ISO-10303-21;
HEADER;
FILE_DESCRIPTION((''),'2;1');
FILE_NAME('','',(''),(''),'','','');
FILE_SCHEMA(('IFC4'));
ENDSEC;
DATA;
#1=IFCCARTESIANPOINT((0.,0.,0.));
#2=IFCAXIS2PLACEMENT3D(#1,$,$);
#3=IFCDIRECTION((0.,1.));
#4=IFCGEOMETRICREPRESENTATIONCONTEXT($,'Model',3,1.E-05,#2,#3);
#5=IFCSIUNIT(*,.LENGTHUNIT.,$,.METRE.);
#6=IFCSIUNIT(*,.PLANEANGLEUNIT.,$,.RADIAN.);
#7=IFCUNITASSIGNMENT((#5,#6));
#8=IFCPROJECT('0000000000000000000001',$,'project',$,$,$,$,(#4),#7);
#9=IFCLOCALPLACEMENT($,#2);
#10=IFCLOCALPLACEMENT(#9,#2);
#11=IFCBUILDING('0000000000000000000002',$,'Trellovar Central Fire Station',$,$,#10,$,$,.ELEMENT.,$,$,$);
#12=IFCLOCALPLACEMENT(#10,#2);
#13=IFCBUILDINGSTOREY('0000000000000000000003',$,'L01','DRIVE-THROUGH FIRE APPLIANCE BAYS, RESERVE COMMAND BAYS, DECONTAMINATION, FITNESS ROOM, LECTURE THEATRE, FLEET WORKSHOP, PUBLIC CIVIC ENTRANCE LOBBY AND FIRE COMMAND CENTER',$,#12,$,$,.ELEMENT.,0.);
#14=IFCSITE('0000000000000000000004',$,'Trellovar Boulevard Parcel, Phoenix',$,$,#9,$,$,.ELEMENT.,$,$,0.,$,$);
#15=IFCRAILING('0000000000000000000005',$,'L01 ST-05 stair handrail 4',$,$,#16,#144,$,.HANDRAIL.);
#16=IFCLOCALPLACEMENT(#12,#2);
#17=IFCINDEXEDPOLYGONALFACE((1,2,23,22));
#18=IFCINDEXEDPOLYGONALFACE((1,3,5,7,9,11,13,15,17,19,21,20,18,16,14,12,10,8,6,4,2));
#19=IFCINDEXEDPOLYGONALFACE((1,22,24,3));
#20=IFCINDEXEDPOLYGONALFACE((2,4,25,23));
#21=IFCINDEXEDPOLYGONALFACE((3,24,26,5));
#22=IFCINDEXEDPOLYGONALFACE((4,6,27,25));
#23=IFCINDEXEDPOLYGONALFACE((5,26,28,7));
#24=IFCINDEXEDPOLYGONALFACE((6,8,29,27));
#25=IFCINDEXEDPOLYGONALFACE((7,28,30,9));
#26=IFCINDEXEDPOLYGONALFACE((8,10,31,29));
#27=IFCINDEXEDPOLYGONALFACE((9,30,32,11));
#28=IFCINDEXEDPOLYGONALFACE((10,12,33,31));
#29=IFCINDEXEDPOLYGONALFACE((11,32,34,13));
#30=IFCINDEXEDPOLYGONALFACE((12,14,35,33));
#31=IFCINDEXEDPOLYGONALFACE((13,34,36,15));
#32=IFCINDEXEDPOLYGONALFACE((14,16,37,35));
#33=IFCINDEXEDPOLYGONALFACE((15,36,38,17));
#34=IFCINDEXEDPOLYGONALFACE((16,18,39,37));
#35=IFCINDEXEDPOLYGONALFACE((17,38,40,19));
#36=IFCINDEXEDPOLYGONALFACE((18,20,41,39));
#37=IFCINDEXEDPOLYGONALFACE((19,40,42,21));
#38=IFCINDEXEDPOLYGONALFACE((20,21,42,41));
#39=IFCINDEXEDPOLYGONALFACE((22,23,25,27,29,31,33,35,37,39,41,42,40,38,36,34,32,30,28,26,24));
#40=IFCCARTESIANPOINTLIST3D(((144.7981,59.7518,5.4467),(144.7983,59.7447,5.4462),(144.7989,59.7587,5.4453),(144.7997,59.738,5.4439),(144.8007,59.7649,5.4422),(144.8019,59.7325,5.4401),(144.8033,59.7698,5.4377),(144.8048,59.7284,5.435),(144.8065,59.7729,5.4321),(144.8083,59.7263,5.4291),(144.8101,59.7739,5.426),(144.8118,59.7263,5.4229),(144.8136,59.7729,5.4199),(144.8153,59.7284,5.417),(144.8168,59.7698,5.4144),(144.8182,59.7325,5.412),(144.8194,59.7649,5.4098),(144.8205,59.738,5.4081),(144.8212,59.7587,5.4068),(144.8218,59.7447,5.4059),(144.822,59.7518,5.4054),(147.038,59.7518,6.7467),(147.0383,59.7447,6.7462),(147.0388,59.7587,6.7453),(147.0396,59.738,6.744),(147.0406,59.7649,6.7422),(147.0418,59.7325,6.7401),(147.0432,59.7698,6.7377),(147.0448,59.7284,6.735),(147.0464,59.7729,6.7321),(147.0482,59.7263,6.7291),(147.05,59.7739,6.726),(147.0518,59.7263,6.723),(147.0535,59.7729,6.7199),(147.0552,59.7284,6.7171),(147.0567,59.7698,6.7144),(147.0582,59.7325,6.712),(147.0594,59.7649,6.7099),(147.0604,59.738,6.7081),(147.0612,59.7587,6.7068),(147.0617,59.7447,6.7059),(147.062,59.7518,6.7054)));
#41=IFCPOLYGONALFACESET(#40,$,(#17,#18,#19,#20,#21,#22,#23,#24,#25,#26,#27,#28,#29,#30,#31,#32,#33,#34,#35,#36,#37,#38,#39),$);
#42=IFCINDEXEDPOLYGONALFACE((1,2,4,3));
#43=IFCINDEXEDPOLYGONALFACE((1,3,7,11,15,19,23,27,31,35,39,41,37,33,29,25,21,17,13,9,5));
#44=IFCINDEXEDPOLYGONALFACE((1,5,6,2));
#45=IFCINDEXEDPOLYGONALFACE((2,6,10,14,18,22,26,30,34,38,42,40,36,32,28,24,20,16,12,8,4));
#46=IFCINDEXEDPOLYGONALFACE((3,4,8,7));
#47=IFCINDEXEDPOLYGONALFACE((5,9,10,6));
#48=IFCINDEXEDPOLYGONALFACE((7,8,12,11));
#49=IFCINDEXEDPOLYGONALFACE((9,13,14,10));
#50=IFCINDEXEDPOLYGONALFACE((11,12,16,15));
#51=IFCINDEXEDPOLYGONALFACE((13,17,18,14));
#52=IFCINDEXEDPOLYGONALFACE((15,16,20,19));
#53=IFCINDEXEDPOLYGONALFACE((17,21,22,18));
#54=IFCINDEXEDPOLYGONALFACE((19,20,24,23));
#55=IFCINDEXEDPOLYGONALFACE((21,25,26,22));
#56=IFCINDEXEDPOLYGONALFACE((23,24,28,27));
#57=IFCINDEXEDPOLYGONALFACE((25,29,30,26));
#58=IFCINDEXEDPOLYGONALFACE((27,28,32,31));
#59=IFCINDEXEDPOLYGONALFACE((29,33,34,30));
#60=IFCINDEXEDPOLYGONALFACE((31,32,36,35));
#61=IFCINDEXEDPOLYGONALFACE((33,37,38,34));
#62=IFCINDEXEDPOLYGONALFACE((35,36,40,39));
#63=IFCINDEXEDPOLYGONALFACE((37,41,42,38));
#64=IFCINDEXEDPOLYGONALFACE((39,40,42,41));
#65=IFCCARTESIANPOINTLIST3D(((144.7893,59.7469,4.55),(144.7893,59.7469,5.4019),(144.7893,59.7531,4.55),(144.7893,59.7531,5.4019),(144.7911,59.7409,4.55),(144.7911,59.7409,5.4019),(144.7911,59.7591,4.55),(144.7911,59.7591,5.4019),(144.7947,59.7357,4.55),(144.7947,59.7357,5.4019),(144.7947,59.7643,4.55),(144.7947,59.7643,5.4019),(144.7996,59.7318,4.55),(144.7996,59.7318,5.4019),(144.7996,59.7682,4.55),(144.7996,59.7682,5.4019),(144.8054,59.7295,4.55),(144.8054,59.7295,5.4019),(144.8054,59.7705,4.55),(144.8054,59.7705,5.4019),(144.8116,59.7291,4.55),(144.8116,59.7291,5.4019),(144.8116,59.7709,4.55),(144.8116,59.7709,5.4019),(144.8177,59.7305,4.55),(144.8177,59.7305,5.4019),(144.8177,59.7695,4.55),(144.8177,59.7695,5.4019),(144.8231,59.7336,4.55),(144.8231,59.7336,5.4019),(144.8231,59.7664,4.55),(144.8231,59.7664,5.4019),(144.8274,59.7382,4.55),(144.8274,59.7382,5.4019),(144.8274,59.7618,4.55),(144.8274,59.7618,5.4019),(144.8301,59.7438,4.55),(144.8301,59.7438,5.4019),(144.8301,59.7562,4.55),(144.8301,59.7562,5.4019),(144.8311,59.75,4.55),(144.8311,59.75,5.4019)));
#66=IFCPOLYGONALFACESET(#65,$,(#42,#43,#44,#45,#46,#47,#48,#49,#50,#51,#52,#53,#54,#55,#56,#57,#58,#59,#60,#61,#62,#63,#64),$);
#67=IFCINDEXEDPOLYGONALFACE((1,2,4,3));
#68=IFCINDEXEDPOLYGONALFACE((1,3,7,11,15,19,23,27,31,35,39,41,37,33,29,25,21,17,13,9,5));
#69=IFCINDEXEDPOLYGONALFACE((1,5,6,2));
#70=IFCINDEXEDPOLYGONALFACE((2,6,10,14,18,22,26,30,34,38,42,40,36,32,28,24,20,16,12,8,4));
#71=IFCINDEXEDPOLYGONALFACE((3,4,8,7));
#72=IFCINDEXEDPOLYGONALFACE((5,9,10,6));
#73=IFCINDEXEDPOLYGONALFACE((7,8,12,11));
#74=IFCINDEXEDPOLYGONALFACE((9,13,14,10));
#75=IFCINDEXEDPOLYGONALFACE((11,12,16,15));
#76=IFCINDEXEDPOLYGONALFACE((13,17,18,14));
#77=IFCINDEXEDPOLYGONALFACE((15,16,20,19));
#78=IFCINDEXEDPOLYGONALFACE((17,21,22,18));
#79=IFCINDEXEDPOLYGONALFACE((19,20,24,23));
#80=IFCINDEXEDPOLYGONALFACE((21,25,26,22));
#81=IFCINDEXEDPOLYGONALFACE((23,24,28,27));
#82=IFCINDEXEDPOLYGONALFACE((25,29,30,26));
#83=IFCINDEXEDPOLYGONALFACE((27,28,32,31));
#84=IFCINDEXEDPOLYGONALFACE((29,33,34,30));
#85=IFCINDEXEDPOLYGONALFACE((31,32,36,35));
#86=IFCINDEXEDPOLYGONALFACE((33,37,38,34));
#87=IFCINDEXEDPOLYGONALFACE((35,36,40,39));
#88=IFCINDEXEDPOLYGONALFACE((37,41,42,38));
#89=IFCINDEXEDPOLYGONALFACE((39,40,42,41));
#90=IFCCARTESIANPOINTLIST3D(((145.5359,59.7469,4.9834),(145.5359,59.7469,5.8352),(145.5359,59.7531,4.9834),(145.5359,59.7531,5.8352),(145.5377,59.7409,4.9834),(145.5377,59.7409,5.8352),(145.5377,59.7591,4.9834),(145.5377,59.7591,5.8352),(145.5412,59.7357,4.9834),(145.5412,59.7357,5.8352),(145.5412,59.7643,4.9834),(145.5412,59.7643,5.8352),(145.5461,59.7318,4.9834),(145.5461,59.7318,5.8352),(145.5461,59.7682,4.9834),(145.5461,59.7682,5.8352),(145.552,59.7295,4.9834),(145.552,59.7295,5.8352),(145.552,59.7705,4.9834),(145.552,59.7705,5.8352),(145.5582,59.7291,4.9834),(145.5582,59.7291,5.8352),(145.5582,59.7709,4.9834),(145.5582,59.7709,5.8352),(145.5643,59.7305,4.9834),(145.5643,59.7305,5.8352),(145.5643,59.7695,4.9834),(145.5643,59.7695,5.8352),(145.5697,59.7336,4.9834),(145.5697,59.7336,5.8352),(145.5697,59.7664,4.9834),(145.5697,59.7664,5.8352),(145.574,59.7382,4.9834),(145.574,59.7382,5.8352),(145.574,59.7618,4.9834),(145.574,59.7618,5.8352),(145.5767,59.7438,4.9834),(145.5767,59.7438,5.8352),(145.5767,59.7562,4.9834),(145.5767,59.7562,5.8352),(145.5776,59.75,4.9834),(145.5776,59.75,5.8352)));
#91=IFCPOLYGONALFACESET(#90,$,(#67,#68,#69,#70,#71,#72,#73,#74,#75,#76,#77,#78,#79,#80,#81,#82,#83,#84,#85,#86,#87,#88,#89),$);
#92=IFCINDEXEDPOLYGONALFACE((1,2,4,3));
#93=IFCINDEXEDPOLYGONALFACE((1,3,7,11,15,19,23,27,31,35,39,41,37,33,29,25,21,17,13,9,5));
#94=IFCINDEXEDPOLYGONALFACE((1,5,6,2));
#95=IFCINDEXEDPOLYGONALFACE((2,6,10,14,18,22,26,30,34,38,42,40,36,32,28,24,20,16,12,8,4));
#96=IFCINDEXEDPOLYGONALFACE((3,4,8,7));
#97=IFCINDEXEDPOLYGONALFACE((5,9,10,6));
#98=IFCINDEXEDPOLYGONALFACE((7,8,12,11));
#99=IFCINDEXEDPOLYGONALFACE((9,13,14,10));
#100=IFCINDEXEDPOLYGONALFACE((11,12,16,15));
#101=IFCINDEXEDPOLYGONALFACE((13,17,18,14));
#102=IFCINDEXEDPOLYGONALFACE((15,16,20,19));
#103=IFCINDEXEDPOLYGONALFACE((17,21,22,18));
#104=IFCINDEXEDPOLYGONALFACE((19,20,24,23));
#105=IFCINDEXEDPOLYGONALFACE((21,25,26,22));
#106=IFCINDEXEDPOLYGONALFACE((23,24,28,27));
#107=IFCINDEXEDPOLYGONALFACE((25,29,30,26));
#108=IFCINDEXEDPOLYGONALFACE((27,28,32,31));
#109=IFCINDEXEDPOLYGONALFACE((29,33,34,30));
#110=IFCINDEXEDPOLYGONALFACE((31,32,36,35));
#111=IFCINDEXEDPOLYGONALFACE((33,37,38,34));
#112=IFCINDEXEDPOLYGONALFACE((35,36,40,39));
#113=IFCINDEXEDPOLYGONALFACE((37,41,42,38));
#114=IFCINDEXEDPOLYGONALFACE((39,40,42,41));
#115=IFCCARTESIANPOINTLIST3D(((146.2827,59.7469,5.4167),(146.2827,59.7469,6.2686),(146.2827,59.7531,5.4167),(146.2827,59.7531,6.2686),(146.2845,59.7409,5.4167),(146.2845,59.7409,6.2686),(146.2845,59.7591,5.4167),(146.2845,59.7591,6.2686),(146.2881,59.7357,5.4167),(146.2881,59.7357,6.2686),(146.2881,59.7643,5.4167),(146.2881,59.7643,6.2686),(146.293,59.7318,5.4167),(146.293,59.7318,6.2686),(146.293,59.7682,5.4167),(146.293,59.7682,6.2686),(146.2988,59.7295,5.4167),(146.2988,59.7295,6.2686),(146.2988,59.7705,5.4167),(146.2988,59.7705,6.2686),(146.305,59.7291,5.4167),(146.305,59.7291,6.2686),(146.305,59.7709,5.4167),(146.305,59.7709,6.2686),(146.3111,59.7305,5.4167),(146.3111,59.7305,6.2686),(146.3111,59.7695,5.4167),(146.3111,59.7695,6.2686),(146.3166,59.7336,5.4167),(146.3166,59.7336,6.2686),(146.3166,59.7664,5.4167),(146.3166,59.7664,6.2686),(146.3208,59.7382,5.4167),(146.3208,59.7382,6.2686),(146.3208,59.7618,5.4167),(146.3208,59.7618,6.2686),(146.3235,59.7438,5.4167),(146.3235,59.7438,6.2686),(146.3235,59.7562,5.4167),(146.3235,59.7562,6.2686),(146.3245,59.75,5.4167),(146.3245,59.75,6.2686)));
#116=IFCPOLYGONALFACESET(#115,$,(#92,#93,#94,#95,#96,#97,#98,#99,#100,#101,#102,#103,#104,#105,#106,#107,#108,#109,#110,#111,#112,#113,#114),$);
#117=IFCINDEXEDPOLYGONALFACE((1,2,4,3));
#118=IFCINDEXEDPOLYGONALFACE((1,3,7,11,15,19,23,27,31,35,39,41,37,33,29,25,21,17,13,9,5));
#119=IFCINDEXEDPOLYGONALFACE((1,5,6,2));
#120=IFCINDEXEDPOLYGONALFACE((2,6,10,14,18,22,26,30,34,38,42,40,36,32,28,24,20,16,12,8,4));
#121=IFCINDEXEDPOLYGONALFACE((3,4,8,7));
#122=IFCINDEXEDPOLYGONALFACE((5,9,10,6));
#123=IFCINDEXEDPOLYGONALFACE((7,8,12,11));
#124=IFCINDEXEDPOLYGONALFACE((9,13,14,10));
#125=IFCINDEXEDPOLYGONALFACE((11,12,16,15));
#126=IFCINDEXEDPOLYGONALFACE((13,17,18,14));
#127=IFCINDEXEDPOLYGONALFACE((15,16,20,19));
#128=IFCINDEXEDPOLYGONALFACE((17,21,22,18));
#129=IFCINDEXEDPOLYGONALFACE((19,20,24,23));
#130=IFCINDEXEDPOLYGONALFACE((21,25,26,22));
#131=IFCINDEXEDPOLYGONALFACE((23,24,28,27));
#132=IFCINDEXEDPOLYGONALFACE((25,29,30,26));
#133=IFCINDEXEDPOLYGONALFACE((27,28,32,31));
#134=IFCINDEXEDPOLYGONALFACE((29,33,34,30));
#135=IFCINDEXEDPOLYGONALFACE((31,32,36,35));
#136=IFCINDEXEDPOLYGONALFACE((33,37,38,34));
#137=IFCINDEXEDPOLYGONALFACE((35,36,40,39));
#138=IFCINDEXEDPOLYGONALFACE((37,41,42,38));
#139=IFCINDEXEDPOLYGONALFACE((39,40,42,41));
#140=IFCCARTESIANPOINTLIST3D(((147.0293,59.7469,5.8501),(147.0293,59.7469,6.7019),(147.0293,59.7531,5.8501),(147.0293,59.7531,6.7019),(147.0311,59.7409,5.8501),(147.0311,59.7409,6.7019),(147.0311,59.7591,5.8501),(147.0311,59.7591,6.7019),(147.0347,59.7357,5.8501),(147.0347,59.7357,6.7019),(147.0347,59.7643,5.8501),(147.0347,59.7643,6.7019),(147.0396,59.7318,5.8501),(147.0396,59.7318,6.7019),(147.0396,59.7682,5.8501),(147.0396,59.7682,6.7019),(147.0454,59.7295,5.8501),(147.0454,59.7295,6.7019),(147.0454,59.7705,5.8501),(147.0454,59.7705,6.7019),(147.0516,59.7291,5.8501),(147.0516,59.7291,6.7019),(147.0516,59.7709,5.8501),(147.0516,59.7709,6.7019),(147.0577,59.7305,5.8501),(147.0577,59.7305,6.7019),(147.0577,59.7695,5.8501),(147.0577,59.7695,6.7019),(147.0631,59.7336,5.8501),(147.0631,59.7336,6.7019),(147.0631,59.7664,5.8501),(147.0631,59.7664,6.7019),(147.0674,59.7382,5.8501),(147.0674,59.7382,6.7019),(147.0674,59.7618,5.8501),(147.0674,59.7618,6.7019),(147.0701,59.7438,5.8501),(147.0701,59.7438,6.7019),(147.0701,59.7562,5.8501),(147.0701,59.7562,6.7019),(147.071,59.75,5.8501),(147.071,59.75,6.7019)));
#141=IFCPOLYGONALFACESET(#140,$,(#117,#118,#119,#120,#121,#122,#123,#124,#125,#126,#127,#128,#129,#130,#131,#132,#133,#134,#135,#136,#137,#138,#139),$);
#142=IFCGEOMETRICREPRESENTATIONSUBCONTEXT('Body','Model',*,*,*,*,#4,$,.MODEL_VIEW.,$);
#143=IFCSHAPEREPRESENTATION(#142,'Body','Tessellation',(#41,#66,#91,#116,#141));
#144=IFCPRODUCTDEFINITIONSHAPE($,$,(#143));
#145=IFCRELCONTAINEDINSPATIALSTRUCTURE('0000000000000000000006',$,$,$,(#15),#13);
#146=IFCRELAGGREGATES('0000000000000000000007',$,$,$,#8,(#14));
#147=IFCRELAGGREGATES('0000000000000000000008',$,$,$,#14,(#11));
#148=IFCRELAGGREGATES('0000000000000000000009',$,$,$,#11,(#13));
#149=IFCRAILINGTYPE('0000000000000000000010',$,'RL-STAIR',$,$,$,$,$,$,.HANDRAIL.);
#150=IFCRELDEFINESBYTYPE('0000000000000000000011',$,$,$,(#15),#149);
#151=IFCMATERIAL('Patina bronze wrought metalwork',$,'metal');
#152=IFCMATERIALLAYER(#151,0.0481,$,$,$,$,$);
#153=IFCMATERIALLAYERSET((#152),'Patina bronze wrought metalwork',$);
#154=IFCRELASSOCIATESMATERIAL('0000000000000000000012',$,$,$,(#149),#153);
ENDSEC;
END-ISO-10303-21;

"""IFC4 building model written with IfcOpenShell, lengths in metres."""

from ifc_helpers import new_model, si_unit, direction, frame, origin, origin_2d, place, context, subcontext, project, spatial, circle, extrude, material, layer, layer_set, type_object, element, save


model = new_model("IFC4")

# Units and contexts
model_context = context("Model", 3, precision=1e-05, world=origin(), true_north=direction((0.0, 1.0)))
body_context = subcontext(model_context, "Body", "Model", "MODEL_VIEW")
ifc_project = project(units=[si_unit("LENGTHUNIT", "METRE"), si_unit("PLANEANGLEUNIT", "RADIAN")], contexts=[model_context])

# Site, building, storey
site_placement = place(None, origin())
site = spatial("IfcSite", under=ifc_project, at=site_placement, Name="Trellovar Boulevard Parcel, Phoenix", CompositionType="ELEMENT", RefElevation=0.0)
building_placement = place(site_placement, origin())
building = spatial("IfcBuilding", under=site, at=building_placement, Name="Trellovar Central Fire Station", CompositionType="ELEMENT")
storey_placement = place(building_placement, origin())
storey = spatial("IfcBuildingStorey", under=building, at=storey_placement, Name="L01", Description="DRIVE-THROUGH FIRE APPLIANCE BAYS, RESERVE COMMAND BAYS, DECONTAMINATION, FITNESS ROOM, LECTURE THEATRE, FLEET WORKSHOP, PUBLIC CIVIC ENTRANCE LOBBY AND FIRE COMMAND CENTER", CompositionType="ELEMENT", Elevation=0.0)

# Railing
ifc_material_1 = material(Name="Patina bronze wrought metalwork", Category="metal")
ifc_layer_1 = layer(ifc_material_1, 0.0481)
ifc_layer_set_1 = layer_set([ifc_layer_1], Name="Patina bronze wrought metalwork")
railing_type_1 = type_object("IfcRailingType", Name="RL-STAIR", PredefinedType="HANDRAIL", material=ifc_layer_set_1)
for number, where, name in (
    (1, (144.8101, 59.75, 4.55), "L01 ST-05 stair handrail 4"),
):
    element("IfcRailing", number, at=place(storey_placement, frame(where)), inside=storey, type_object=railing_type_1, Name=name, PredefinedType="HANDRAIL", context=body_context, shape_type="SweptSolid", body=[
        extrude(circle(Radius=0.0239, at=origin_2d()), frame((0.0, 0.0, 0.876), z_axis=(0.864888, 0.0, 0.501965), x_axis=(0.0, 1.0, 0.0)), (0.0, 0.0, 1.0), 2.5898),
        extrude(circle(Radius=0.021, at=origin_2d()), origin(), (0.0, 0.0, 1.0), 0.8518),
        extrude(circle(Radius=0.021, at=origin_2d()), frame((0.7466, 0.0, 0.4333)), (0.0, 0.0, 1.0), 0.8518),
        extrude(circle(Radius=0.021, at=origin_2d()), frame((1.4934, 0.0, 0.8667)), (0.0, 0.0, 1.0), 0.8518),
        extrude(circle(Radius=0.021, at=origin_2d()), frame((2.24, 0.0, 1.3)), (0.0, 0.0, 1.0), 0.8518),
    ])

save(model, "model.ifc")
